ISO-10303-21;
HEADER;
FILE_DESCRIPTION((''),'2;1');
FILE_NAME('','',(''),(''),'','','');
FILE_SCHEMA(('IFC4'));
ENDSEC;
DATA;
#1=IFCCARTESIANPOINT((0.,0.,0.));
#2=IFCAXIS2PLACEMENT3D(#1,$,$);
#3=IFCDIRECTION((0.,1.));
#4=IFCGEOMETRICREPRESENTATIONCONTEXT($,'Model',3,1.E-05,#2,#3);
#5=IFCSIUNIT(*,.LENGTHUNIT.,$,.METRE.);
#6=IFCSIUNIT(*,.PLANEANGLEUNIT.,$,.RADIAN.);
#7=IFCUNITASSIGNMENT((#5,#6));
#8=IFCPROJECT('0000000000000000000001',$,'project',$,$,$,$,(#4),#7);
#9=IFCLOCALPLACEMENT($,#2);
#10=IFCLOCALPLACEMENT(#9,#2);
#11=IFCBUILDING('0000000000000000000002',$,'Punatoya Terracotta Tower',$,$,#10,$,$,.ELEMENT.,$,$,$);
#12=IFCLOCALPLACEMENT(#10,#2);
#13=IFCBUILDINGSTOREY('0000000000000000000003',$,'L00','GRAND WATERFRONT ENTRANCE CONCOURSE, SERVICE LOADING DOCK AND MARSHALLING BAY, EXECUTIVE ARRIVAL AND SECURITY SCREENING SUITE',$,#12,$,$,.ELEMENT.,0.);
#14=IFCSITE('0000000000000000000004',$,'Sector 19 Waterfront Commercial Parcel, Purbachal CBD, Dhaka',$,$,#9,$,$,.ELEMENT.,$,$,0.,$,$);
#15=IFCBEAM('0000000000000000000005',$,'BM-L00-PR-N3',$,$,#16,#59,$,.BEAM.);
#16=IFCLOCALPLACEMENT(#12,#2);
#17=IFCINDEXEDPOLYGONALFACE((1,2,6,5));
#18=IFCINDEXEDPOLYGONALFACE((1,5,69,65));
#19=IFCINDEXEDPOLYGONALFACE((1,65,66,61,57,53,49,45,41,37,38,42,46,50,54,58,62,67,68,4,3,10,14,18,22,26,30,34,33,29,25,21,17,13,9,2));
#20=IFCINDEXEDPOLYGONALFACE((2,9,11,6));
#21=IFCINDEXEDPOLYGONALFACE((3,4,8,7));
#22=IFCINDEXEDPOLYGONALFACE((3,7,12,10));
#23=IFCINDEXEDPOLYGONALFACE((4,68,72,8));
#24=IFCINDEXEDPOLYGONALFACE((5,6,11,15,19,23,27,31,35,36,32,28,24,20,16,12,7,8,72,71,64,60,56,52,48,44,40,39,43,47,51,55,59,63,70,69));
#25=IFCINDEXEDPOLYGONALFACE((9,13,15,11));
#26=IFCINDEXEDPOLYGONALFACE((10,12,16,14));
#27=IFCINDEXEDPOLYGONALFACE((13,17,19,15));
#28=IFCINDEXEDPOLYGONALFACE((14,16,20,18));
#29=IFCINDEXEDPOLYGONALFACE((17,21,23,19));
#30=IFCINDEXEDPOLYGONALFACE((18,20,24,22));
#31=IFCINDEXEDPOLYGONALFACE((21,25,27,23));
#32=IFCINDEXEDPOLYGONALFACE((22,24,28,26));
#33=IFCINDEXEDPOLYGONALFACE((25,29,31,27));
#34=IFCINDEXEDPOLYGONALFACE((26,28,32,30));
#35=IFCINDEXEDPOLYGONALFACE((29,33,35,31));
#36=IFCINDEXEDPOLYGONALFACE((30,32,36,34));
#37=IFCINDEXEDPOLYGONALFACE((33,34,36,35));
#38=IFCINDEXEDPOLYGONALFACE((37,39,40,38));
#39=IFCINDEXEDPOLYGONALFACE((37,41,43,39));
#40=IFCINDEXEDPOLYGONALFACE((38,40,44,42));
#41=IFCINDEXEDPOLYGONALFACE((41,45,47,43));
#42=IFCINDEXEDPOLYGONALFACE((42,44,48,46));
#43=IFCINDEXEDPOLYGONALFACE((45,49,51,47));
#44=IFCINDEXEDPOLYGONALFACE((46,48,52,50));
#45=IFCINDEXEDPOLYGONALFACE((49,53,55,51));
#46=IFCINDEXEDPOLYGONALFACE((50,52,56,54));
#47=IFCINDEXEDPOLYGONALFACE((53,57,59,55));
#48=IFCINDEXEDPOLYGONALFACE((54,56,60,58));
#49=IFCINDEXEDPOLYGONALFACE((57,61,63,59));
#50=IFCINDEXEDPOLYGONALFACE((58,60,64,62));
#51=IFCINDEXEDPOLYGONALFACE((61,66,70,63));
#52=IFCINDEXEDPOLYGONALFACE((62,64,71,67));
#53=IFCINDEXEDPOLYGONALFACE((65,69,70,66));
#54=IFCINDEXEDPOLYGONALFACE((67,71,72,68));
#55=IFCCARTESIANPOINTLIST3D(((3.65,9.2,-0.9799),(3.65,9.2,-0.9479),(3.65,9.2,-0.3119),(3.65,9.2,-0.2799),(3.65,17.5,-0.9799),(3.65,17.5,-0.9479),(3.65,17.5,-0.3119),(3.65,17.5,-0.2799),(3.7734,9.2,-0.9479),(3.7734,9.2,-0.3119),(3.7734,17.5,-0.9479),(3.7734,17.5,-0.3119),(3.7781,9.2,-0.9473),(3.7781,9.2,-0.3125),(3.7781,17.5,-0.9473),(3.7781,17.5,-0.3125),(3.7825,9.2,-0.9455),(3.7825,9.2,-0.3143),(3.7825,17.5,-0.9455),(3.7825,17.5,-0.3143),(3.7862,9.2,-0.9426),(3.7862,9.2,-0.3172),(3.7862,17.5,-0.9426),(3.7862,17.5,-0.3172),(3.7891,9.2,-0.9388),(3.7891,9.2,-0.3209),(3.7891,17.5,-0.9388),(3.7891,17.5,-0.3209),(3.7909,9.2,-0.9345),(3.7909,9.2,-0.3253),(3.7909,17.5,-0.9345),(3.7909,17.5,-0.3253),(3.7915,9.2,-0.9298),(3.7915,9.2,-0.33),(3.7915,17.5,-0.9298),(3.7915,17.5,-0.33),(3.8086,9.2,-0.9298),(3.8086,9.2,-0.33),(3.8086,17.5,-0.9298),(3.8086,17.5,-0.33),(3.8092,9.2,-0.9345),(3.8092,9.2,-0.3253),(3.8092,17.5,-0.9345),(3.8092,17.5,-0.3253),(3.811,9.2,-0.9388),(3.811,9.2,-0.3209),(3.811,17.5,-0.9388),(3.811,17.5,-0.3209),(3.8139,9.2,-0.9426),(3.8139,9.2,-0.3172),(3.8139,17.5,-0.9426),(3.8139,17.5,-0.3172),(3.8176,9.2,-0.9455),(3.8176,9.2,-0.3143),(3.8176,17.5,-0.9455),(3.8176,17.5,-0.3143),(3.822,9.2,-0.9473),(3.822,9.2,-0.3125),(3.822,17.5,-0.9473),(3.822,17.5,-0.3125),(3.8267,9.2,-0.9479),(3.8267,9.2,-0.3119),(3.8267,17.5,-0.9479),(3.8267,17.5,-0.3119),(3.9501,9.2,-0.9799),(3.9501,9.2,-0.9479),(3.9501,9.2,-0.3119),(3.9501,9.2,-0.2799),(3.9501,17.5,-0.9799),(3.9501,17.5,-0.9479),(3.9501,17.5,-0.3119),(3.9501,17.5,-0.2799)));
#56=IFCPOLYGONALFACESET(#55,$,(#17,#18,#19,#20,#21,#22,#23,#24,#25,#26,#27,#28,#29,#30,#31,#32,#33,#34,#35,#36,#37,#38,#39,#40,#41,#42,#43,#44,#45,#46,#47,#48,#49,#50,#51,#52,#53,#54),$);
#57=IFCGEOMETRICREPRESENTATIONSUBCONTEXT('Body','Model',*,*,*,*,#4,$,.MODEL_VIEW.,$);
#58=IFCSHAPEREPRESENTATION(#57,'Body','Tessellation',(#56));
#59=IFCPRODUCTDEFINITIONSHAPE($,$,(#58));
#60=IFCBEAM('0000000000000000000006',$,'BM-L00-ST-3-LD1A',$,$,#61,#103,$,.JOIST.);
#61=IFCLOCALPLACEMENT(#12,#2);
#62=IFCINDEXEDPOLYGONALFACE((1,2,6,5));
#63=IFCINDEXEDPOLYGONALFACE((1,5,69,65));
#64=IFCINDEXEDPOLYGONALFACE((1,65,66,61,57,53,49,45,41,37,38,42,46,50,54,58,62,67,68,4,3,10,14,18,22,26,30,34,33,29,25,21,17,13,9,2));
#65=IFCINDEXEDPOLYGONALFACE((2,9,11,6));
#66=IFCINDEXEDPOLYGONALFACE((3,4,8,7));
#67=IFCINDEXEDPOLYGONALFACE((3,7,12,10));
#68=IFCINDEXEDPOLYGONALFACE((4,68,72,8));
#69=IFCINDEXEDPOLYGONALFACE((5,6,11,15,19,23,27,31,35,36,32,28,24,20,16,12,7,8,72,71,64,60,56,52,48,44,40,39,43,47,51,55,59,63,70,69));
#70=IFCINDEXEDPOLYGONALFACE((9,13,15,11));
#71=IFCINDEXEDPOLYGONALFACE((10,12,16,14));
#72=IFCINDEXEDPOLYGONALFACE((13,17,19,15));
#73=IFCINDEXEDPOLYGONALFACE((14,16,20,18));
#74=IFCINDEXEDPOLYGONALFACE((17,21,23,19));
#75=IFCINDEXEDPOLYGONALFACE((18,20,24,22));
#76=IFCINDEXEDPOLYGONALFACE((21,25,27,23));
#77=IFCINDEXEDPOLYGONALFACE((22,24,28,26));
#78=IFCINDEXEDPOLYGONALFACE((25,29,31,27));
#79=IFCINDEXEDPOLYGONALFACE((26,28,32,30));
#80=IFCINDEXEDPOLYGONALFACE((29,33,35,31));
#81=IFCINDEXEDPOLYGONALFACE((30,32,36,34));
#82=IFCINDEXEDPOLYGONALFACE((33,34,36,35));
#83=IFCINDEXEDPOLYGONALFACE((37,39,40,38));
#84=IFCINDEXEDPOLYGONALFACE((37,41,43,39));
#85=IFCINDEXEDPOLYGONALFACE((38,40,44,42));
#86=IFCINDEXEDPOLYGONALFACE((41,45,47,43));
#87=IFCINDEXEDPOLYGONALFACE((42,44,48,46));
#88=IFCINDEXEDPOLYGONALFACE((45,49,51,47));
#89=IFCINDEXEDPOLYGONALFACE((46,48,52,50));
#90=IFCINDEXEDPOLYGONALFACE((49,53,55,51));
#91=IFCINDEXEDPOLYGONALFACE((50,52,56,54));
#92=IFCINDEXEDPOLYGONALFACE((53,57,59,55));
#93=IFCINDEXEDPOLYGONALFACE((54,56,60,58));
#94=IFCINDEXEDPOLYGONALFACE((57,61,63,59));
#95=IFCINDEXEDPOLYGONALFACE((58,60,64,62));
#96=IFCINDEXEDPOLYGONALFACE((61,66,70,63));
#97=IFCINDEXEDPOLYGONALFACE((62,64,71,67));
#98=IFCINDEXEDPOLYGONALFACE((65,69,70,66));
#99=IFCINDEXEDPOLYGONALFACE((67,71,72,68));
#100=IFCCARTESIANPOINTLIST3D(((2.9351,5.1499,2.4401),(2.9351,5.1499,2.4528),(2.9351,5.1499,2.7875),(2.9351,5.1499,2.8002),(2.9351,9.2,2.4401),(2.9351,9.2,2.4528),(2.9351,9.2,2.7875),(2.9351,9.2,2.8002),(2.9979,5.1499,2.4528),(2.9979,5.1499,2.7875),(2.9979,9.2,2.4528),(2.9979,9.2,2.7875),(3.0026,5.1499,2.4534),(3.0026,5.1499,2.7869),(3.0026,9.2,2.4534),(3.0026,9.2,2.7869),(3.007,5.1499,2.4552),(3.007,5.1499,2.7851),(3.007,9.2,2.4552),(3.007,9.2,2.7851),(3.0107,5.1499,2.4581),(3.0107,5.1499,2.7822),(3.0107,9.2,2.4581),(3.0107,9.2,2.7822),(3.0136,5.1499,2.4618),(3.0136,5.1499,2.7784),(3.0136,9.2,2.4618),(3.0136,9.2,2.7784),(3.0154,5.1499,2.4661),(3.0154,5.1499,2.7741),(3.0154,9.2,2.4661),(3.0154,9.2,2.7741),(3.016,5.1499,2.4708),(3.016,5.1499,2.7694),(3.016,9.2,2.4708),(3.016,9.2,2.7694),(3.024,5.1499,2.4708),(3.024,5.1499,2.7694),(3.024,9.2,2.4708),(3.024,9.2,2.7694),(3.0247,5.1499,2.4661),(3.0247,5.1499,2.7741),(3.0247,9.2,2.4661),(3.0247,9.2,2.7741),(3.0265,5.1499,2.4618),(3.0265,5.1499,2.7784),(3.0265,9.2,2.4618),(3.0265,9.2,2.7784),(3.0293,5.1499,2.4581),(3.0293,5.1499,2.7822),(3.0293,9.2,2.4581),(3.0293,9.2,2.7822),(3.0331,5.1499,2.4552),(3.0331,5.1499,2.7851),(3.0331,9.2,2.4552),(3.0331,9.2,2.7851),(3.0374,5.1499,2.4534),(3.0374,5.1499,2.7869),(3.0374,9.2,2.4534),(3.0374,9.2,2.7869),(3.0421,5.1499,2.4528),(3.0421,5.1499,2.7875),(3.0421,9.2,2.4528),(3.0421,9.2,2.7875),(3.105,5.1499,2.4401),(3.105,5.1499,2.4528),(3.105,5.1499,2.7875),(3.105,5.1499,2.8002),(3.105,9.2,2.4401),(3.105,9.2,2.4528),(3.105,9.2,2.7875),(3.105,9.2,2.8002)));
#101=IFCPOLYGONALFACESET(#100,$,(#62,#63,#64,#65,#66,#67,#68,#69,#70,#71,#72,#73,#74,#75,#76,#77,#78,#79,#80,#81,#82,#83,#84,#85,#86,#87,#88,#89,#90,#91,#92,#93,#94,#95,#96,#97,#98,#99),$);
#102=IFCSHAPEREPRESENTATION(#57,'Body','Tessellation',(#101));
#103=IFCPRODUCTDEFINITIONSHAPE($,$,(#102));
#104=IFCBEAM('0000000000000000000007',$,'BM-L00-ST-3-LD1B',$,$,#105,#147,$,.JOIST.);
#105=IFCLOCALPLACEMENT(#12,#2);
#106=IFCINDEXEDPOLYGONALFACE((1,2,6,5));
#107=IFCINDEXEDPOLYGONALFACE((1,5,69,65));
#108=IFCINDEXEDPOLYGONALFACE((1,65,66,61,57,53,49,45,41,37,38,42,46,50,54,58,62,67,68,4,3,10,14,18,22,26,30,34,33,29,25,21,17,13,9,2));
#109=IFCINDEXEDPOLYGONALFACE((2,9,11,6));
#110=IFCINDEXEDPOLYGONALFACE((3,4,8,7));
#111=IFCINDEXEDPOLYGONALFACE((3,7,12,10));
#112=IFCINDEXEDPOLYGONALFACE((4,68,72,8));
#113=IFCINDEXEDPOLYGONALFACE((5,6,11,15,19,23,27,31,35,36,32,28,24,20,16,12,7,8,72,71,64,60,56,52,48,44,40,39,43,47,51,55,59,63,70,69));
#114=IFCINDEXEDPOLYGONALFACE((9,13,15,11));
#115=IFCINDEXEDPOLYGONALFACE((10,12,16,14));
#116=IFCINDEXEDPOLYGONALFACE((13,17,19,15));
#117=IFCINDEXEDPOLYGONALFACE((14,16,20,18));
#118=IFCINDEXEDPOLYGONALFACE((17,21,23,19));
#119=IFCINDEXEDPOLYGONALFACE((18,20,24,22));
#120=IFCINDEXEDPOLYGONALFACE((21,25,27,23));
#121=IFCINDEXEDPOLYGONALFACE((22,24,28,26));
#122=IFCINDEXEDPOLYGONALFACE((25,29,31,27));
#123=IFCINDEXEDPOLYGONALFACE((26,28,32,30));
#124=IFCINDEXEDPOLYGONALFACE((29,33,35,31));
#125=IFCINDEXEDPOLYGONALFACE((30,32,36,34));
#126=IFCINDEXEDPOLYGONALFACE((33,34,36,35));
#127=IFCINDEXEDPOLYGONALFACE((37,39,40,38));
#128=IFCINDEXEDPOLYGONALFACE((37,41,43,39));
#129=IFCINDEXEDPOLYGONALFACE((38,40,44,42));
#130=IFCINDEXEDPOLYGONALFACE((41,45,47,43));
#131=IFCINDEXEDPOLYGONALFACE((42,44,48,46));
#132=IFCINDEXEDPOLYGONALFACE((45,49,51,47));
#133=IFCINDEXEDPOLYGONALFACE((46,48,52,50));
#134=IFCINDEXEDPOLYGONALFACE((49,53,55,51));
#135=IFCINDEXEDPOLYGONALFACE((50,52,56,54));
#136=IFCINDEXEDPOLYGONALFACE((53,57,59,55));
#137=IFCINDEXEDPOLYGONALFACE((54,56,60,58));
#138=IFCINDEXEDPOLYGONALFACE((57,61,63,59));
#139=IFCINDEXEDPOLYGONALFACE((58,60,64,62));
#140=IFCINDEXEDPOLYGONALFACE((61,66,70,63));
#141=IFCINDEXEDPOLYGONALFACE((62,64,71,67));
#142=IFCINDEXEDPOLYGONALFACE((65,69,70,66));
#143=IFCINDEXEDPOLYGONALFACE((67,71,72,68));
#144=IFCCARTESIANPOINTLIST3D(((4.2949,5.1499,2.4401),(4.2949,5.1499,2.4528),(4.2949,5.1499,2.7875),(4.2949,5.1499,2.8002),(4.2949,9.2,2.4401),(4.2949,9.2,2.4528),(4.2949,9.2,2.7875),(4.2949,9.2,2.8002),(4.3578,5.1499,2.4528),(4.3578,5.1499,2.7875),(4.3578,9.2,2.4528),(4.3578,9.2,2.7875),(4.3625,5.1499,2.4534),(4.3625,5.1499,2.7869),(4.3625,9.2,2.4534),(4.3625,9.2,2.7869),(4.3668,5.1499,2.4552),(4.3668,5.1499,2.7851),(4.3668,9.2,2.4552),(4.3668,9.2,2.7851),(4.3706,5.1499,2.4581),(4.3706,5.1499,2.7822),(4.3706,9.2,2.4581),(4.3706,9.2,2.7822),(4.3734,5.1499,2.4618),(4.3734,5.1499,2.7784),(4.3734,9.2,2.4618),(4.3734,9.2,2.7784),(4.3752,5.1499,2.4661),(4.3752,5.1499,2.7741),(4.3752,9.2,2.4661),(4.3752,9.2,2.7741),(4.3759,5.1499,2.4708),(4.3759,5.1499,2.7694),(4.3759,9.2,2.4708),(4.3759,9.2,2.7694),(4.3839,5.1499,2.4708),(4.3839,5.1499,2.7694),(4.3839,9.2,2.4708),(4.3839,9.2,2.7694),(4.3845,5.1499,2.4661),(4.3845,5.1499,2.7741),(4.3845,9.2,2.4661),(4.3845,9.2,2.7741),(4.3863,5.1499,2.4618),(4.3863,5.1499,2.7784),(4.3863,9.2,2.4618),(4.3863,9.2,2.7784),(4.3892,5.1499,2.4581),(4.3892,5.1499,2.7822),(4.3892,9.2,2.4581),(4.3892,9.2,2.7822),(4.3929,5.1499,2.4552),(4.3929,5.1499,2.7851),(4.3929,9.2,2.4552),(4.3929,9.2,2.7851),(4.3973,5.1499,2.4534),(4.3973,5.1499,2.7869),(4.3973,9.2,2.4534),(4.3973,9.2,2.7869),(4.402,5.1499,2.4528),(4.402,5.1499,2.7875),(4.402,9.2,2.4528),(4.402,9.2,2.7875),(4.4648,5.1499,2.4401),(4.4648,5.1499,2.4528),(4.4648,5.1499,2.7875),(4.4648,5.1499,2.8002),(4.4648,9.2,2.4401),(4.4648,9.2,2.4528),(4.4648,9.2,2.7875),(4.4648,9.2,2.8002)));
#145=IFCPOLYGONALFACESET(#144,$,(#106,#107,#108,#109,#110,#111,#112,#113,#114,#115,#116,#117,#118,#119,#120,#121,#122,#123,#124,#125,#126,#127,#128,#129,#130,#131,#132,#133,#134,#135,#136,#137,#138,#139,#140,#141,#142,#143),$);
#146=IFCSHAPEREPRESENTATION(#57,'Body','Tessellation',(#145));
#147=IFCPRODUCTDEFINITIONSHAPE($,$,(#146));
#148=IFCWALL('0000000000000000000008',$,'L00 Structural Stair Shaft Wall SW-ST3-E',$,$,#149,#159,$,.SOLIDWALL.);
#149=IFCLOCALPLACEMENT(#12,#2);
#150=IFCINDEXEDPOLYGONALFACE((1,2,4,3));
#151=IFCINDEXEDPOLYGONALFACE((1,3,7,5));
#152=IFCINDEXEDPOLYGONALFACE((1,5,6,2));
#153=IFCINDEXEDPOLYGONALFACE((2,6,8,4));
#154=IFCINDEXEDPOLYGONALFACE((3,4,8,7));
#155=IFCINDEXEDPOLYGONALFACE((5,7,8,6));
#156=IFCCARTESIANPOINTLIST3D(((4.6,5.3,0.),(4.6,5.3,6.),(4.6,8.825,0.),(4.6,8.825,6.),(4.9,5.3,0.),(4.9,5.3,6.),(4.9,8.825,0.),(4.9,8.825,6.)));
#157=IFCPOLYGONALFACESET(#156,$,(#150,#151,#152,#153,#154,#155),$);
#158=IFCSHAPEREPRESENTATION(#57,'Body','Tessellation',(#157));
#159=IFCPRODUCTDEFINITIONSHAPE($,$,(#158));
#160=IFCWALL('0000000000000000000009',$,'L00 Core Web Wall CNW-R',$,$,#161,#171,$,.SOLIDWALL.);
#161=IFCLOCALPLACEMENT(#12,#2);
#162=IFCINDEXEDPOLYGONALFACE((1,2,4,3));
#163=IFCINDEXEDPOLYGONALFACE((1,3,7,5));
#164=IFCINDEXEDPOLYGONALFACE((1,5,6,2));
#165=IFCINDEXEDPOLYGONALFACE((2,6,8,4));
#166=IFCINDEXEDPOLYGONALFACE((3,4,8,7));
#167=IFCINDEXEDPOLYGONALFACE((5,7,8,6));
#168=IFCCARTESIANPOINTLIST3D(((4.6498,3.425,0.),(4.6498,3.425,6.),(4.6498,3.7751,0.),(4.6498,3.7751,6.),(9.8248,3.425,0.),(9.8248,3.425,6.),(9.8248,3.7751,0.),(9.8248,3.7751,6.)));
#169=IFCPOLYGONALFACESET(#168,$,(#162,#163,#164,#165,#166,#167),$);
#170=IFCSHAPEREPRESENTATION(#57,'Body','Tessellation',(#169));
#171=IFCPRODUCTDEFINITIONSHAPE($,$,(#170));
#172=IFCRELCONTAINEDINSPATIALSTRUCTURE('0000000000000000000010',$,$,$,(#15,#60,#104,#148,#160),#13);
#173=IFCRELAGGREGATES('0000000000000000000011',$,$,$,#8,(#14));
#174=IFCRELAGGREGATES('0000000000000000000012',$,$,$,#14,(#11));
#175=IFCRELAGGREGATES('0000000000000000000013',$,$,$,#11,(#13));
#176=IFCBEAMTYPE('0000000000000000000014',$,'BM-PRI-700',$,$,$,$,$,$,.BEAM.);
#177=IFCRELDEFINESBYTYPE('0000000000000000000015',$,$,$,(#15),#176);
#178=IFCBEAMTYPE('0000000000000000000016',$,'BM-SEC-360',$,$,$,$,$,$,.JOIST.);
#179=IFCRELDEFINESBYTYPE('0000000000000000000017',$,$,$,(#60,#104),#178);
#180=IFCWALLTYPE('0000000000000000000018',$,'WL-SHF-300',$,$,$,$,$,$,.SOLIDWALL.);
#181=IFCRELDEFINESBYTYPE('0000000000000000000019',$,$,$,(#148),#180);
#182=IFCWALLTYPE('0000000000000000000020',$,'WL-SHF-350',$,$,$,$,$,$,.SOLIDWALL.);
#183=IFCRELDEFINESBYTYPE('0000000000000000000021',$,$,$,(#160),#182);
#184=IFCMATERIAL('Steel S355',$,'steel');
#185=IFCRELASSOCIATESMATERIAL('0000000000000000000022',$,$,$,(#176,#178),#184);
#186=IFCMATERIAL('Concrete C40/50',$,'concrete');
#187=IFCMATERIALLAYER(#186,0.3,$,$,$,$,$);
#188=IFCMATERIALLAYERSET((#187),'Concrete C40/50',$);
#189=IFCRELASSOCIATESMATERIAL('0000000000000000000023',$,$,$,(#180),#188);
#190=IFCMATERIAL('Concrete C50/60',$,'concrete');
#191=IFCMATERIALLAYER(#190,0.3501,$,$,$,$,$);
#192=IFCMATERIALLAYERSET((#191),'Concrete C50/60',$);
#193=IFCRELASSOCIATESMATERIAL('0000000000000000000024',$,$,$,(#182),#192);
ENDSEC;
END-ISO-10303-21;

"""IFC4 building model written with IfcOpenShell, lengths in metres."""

from ifc_helpers import new_model, si_unit, direction, frame, frame_2d, origin, origin_2d, place, context, subcontext, project, spatial, rectangle, i_section, extrude, material, layer, layer_set, material_profile, profile_set, type_object, element, save


model = new_model("IFC4")

# Units and contexts
model_context = context("Model", 3, precision=1e-05, world=origin(), true_north=direction((0.0, 1.0)))
body_context = subcontext(model_context, "Body", "Model", "MODEL_VIEW")
ifc_project = project(units=[si_unit("LENGTHUNIT", "METRE"), si_unit("PLANEANGLEUNIT", "RADIAN")], contexts=[model_context])

# Site, building, storey
site_placement = place(None, origin())
site = spatial("IfcSite", under=ifc_project, at=site_placement, Name="Sector 19 Waterfront Commercial Parcel, Purbachal CBD, Dhaka", CompositionType="ELEMENT", RefElevation=0.0)
building_placement = place(site_placement, origin())
building = spatial("IfcBuilding", under=site, at=building_placement, Name="Punatoya Terracotta Tower", CompositionType="ELEMENT")
storey_placement = place(building_placement, origin())
storey = spatial("IfcBuildingStorey", under=building, at=storey_placement, Name="L00", Description="GRAND WATERFRONT ENTRANCE CONCOURSE, SERVICE LOADING DOCK AND MARSHALLING BAY, EXECUTIVE ARRIVAL AND SECURITY SCREENING SUITE", CompositionType="ELEMENT", Elevation=0.0)

# Beams
ifc_material_1 = material(Name="Steel S355", Category="steel")
ifc_material_profile_1 = material_profile(ifc_material_1, i_section(OverallWidth=0.3, OverallDepth=0.7, WebThickness=0.0171, FlangeThickness=0.032, FilletRadius=0.0181, at=origin_2d()))
ifc_profile_set_1 = profile_set([ifc_material_profile_1], Name="Steel S355")
beam_type_1 = type_object("IfcBeamType", Name="BM-PRI-700", PredefinedType="BEAM", material=ifc_profile_set_1)
beam_placement = place(storey_placement, frame((3.8, 9.2, -0.6299), z_axis=(0.0, 1.0, 0.0), x_axis=(-1.0, 0.0, 0.0)))
element("IfcBeam", 1, at=beam_placement, inside=storey, type_object=beam_type_1, Name="BM-L00-PR-N3", PredefinedType="BEAM", context=body_context, shape_type="SweptSolid", body=[
    extrude(i_section(OverallWidth=0.3, OverallDepth=0.7, WebThickness=0.0171, FlangeThickness=0.032, FilletRadius=0.0181, at=origin_2d()), origin(), (0.0, 0.0, 1.0), 8.3),
])
ifc_material_profile_2 = material_profile(ifc_material_1, i_section(OverallWidth=0.1699, OverallDepth=0.3601, WebThickness=0.0081, FlangeThickness=0.0127, FilletRadius=0.0181, at=origin_2d()))
ifc_profile_set_2 = profile_set([ifc_material_profile_2], Name="Steel S355")
beam_type_2 = type_object("IfcBeamType", Name="BM-SEC-360", PredefinedType="JOIST", material=ifc_profile_set_2)
for number, where, z_axis, x_axis, name in (
    (2, (3.02, 5.1499, 2.6201), (0.0, 1.0, 0.0), (-1.0, 0.0, 0.0), "BM-L00-ST-3-LD1A"),
    (3, (4.3799, 5.1499, 2.6201), (0.0, 1.0, 0.0), (-1.0, 0.0, 0.0), "BM-L00-ST-3-LD1B"),
):
    element("IfcBeam", number, at=place(storey_placement, frame(where, z_axis=z_axis, x_axis=x_axis)), inside=storey, type_object=beam_type_2, Name=name, PredefinedType="JOIST", context=body_context, shape_type="SweptSolid", body=[
        extrude(i_section(OverallWidth=0.1699, OverallDepth=0.3601, WebThickness=0.0081, FlangeThickness=0.0127, FilletRadius=0.0181, at=origin_2d()), origin(), (0.0, 0.0, 1.0), 4.05),
    ])

# Walls
ifc_material_2 = material(Name="Concrete C40/50", Category="concrete")
ifc_layer_1 = layer(ifc_material_2, 0.3)
ifc_layer_set_1 = layer_set([ifc_layer_1], Name="Concrete C40/50")
wall_type_1 = type_object("IfcWallType", Name="WL-SHF-300", PredefinedType="SOLIDWALL", material=ifc_layer_set_1)
wall_1_placement = place(storey_placement, frame((4.75, 8.825, 0.0), z_axis=(0.0, 0.0, 1.0), x_axis=(0.0, -1.0, 0.0)))
element("IfcWall", 4, at=wall_1_placement, inside=storey, type_object=wall_type_1, Name="L00 Structural Stair Shaft Wall SW-ST3-E", PredefinedType="SOLIDWALL", context=body_context, shape_type="SweptSolid", body=[
    extrude(rectangle(XDim=3.5249, YDim=0.3, at=frame_2d((1.7625, 0.0))), origin(), (0.0, 0.0, 1.0), 6.0),
])
ifc_material_3 = material(Name="Concrete C50/60", Category="concrete")
ifc_layer_2 = layer(ifc_material_3, 0.3501)
ifc_layer_set_2 = layer_set([ifc_layer_2], Name="Concrete C50/60")
wall_type_2 = type_object("IfcWallType", Name="WL-SHF-350", PredefinedType="SOLIDWALL", material=ifc_layer_set_2)
wall_2_placement = place(storey_placement, frame((4.6499, 3.6001, 0.0), z_axis=(0.0, 0.0, 1.0), x_axis=(1.0, 0.0, 0.0)))
element("IfcWall", 5, at=wall_2_placement, inside=storey, type_object=wall_type_2, Name="L00 Core Web Wall CNW-R", PredefinedType="SOLIDWALL", context=body_context, shape_type="SweptSolid", body=[
    extrude(rectangle(XDim=5.175, YDim=0.3501, at=frame_2d((2.5874, 0.0))), origin(), (0.0, 0.0, 1.0), 6.0),
])

save(model, "model.ifc")
